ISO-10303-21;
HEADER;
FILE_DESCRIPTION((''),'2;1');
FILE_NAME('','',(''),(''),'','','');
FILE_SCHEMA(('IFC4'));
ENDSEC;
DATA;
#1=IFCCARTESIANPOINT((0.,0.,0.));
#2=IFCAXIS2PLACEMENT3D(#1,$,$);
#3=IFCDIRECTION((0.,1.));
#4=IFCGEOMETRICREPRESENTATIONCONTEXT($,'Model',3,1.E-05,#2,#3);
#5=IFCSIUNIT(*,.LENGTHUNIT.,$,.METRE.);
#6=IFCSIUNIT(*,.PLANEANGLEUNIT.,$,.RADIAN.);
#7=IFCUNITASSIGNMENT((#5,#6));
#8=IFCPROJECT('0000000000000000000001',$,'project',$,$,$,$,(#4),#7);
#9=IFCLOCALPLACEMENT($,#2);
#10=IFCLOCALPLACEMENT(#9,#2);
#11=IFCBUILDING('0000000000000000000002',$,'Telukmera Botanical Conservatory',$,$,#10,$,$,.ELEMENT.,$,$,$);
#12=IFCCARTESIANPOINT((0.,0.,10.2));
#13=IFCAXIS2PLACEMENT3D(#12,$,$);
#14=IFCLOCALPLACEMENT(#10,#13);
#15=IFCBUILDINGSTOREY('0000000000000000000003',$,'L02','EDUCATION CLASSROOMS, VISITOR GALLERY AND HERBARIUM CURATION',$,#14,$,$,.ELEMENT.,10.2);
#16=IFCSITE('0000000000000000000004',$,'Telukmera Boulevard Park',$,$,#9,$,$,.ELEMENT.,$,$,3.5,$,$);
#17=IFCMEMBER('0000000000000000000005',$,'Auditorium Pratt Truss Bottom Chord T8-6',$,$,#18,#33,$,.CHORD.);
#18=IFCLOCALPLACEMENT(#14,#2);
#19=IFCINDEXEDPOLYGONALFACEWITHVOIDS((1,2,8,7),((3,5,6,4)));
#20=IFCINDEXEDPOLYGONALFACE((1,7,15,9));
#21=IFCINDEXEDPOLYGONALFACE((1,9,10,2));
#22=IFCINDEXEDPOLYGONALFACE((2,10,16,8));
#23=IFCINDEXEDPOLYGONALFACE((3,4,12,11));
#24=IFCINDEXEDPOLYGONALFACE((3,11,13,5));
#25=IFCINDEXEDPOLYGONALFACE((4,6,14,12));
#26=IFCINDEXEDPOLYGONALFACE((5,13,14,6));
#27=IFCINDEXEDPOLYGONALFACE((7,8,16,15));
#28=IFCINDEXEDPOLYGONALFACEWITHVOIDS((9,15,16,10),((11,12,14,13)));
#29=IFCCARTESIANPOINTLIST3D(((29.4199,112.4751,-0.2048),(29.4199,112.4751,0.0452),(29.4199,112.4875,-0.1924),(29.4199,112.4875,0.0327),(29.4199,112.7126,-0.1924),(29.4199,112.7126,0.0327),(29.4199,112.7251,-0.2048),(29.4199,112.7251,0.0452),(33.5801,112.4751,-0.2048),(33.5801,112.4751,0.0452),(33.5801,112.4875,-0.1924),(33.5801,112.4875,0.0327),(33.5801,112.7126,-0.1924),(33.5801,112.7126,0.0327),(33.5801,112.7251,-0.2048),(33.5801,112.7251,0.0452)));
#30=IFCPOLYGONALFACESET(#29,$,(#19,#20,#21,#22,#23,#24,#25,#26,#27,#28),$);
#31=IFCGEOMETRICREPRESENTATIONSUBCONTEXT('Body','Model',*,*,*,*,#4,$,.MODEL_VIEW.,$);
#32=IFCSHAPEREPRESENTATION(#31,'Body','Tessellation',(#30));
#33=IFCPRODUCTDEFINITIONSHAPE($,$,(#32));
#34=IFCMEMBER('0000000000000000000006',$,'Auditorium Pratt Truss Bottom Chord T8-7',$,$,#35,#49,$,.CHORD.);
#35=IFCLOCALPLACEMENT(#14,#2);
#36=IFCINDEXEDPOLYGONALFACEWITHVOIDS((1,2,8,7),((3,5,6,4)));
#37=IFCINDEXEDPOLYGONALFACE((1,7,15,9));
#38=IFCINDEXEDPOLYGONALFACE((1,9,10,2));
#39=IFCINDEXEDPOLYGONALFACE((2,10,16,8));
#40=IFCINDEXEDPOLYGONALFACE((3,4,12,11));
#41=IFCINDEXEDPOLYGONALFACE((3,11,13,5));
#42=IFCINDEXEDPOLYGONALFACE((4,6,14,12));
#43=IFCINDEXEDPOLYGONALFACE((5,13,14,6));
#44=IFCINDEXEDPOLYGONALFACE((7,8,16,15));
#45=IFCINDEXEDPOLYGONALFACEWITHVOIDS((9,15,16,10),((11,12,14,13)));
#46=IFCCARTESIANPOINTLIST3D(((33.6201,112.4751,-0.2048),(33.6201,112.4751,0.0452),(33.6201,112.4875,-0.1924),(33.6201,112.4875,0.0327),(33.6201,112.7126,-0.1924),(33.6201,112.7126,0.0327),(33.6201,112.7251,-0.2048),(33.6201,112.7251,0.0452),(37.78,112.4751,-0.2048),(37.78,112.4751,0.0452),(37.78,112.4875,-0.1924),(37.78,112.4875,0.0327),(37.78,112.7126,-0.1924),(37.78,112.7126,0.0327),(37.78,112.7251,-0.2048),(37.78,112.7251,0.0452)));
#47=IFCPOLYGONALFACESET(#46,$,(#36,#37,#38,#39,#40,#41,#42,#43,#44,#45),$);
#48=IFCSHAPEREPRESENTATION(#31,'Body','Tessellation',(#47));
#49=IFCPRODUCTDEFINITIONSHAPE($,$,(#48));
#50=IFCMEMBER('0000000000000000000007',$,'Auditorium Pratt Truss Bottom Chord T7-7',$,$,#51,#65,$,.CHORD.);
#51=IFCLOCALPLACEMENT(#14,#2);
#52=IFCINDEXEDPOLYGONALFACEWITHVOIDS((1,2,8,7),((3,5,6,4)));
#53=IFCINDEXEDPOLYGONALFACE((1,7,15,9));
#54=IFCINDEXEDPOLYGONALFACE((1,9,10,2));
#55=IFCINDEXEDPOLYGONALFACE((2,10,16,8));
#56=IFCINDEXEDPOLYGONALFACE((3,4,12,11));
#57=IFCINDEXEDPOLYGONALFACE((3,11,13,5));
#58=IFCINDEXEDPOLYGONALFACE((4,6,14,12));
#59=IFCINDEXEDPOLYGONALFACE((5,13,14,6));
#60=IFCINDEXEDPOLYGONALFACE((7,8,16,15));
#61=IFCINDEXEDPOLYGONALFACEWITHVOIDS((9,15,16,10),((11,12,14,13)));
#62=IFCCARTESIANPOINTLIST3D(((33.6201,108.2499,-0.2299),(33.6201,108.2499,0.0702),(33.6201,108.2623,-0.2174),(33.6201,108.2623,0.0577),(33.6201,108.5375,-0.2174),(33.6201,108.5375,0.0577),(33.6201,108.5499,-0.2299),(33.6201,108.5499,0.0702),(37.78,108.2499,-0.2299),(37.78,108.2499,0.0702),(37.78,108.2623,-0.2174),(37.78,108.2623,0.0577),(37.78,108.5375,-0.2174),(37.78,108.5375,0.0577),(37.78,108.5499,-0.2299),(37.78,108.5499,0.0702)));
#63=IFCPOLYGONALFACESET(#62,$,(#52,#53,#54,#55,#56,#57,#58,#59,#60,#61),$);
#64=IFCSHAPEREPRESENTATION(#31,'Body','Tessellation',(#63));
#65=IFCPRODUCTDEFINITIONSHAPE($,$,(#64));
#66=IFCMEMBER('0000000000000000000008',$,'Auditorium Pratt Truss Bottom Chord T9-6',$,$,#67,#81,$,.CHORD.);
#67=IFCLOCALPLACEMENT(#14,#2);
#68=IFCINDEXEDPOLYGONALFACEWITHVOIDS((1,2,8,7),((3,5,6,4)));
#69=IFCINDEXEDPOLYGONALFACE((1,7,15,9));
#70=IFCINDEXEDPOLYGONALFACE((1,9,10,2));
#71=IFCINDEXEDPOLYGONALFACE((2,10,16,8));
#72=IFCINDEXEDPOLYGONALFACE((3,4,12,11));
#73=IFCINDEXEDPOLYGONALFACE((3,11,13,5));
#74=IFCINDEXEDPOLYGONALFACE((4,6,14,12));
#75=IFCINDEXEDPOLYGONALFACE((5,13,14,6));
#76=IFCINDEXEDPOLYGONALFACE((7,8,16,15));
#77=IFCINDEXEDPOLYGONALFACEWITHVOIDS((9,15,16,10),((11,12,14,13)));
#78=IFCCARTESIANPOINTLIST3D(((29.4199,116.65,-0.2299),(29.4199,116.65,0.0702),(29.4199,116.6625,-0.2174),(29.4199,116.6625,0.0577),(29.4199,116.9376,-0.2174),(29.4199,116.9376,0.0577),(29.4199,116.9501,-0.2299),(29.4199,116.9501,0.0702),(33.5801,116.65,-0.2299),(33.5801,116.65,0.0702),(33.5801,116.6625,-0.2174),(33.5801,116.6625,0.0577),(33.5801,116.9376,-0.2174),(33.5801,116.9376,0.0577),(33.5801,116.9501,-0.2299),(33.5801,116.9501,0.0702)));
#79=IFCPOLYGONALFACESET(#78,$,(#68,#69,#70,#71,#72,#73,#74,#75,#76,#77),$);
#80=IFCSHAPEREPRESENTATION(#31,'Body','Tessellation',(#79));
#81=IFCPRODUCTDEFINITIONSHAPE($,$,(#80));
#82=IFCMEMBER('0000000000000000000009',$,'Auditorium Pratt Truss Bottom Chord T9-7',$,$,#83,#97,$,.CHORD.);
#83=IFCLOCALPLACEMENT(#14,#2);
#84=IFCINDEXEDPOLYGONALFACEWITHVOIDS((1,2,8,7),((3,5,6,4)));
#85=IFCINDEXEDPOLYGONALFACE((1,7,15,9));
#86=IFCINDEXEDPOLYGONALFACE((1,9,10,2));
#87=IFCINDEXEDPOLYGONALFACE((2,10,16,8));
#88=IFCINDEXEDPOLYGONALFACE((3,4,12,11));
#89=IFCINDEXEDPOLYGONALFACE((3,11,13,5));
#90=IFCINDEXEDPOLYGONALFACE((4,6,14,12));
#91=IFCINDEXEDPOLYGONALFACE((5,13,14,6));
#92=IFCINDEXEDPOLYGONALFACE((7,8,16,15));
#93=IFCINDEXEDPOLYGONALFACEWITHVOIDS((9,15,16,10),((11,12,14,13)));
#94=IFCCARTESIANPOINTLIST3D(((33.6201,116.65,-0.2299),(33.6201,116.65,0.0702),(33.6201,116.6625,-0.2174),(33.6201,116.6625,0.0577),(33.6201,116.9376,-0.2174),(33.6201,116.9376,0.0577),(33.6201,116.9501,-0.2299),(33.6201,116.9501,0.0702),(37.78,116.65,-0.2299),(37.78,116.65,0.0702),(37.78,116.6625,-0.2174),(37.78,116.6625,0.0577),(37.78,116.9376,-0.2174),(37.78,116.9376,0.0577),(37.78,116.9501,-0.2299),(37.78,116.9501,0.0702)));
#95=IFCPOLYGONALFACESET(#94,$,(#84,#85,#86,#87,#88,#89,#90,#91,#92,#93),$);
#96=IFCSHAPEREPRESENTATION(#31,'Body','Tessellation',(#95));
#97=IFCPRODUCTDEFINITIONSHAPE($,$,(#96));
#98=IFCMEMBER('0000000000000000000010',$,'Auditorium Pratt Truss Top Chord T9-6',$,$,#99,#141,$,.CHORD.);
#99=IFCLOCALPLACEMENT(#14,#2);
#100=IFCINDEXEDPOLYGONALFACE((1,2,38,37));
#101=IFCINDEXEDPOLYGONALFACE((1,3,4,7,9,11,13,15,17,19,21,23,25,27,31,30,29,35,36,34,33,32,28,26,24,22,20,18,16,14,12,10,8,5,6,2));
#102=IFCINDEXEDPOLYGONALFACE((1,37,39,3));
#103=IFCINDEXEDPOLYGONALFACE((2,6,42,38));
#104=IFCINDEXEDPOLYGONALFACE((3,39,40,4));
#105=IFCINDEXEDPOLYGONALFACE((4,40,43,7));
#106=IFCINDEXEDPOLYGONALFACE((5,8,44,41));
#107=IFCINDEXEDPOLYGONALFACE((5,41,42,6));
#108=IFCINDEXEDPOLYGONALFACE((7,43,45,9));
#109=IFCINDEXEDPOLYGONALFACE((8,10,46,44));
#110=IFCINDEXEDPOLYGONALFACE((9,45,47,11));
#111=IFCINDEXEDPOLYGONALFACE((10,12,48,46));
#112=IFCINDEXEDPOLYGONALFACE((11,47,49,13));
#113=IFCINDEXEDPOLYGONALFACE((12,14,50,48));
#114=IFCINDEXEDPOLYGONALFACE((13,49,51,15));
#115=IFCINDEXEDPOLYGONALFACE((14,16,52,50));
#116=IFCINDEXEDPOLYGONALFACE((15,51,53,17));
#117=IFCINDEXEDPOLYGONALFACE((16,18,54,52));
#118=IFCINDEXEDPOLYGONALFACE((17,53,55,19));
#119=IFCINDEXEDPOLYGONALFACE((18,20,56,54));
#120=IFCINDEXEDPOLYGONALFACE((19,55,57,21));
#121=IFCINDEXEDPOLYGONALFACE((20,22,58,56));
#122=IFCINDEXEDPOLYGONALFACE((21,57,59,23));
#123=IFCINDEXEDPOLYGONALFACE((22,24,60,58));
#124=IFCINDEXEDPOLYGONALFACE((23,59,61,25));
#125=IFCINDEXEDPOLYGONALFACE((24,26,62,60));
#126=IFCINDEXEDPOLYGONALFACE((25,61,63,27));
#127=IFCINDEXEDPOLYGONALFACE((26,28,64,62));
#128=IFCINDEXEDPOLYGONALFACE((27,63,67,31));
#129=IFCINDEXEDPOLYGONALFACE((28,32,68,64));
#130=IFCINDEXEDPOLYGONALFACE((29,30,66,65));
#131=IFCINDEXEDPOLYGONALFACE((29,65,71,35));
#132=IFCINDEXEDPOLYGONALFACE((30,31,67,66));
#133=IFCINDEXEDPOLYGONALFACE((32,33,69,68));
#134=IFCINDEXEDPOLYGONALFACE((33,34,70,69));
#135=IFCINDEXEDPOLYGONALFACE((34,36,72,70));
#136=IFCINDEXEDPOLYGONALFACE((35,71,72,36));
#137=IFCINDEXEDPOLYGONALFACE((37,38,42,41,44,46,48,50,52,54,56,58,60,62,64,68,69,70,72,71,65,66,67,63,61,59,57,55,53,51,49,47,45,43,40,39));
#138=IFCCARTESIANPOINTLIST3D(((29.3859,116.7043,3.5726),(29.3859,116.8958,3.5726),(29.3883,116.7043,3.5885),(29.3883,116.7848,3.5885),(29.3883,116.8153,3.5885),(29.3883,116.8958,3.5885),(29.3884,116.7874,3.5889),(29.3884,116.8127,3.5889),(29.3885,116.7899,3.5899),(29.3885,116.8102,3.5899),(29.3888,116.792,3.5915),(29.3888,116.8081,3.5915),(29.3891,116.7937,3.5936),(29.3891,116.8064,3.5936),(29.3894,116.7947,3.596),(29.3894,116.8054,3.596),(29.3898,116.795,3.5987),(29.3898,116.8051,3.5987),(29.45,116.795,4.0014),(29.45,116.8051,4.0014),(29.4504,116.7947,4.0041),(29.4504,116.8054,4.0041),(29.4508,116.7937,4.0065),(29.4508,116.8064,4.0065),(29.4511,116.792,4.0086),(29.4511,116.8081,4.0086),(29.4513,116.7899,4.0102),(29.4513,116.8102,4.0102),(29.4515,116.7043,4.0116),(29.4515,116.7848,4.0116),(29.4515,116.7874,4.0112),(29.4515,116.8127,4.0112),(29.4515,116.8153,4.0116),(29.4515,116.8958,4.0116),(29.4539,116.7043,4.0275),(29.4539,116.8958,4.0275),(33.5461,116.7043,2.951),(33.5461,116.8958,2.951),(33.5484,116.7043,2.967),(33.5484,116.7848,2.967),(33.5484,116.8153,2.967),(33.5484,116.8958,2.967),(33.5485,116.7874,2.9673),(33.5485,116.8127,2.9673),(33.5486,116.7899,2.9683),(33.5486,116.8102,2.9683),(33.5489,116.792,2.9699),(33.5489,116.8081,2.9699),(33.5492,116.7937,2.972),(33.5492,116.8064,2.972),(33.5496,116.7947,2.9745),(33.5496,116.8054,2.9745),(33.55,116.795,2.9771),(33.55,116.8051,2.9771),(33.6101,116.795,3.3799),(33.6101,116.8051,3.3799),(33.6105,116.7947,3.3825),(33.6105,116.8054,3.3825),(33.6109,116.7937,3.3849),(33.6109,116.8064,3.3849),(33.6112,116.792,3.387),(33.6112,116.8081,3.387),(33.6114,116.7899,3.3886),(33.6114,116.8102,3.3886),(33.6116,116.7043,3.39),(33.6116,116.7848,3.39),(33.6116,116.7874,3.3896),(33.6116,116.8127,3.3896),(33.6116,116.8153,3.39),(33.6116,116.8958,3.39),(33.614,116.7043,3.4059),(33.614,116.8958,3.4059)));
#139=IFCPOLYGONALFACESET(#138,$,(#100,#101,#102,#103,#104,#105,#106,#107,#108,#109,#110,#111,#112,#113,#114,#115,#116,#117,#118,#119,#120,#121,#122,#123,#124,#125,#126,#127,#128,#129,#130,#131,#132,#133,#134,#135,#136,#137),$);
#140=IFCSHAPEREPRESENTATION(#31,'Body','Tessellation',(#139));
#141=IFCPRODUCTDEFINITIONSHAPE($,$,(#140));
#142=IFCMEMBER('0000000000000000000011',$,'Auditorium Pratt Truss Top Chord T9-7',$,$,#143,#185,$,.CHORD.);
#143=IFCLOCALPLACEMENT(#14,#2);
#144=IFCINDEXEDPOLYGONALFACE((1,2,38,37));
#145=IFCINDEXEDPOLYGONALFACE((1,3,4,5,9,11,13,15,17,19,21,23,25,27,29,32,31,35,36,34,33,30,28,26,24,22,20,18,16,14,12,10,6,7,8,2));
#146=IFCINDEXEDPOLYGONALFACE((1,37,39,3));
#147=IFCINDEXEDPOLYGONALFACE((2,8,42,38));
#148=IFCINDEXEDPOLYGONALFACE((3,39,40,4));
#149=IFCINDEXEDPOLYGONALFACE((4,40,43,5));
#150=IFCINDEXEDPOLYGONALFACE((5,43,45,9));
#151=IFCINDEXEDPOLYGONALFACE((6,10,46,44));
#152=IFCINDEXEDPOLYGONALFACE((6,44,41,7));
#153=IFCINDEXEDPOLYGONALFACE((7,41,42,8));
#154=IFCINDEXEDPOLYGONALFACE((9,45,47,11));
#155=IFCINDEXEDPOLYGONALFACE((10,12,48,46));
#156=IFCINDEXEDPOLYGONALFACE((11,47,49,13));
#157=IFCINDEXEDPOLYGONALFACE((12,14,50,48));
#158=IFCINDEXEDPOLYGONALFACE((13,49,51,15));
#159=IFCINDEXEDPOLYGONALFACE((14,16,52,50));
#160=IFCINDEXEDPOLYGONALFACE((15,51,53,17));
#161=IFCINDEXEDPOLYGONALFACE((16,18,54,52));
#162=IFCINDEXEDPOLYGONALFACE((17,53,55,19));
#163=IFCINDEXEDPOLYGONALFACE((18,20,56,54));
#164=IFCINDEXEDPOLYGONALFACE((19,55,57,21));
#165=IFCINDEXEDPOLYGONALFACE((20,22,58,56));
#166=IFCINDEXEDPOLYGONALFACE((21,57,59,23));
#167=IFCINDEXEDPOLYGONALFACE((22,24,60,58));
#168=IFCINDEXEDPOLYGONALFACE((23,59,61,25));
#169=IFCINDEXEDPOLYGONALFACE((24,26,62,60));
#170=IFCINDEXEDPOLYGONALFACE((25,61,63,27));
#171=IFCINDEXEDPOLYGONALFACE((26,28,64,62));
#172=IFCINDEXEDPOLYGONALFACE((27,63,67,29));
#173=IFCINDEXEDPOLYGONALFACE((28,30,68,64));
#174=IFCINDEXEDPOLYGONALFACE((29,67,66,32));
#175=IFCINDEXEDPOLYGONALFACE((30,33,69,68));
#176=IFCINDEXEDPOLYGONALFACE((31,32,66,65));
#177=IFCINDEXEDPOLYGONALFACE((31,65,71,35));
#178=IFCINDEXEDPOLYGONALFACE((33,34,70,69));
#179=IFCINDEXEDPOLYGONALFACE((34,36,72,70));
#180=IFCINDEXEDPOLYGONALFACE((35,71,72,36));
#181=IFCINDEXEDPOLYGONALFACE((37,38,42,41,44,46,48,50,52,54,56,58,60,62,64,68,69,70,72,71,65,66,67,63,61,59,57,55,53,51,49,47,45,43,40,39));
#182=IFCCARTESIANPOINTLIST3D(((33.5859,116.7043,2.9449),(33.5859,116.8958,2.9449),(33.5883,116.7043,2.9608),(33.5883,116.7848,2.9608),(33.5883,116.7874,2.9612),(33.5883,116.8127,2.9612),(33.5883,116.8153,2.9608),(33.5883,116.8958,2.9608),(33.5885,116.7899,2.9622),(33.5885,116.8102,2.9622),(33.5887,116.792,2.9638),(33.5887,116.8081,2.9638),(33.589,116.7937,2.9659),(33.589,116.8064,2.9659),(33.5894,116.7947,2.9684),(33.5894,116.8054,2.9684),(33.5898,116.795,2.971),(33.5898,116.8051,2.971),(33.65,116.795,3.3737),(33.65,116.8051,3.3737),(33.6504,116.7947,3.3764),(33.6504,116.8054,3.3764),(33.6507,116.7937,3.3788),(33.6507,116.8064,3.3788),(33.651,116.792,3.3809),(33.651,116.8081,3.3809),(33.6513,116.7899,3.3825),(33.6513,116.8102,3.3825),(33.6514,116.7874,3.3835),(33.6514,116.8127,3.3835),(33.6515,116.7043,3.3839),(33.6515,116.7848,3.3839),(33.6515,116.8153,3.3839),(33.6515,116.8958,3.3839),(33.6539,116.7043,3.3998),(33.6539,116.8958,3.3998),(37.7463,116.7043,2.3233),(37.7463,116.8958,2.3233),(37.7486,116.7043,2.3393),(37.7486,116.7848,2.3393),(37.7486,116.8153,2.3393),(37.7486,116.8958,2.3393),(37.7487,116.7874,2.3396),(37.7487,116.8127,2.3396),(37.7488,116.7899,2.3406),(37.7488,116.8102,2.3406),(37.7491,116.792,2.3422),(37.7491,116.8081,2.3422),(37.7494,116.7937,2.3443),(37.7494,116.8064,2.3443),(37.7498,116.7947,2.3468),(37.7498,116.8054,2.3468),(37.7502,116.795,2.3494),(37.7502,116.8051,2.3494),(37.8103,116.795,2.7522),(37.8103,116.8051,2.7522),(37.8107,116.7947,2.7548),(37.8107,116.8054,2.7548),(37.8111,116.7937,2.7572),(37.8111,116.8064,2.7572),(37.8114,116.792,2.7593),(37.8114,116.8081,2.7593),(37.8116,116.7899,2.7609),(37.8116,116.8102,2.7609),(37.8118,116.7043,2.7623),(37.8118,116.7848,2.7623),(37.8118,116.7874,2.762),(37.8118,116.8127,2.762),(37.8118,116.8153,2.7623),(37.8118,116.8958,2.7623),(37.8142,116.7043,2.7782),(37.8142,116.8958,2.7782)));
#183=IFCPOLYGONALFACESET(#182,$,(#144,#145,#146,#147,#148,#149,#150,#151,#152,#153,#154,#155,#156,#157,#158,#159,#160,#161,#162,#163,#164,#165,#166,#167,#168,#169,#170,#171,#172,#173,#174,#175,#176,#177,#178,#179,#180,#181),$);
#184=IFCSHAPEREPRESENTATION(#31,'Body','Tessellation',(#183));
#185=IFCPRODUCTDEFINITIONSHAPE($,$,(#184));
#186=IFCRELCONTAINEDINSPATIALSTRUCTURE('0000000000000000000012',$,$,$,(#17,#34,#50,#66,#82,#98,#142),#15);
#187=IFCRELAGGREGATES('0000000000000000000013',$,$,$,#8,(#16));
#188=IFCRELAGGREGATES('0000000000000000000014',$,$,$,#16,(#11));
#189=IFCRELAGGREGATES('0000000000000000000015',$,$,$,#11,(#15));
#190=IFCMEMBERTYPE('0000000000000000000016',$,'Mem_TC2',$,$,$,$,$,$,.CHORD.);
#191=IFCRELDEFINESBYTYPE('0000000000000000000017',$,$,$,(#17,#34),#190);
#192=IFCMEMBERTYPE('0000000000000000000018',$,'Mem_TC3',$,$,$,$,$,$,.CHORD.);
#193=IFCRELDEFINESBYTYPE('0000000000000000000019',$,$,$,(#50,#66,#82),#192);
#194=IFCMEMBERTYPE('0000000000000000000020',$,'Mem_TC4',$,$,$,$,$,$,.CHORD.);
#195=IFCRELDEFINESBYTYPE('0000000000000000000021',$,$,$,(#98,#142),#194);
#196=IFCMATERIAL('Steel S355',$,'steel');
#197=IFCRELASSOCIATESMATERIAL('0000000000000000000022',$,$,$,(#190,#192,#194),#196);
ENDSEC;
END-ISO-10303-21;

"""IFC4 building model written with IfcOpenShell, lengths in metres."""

from ifc_helpers import new_model, si_unit, direction, frame, origin, origin_2d, place, context, subcontext, project, spatial, hollow_rectangle, i_section, extrude, material, material_profile, profile_set, type_object, element, save


model = new_model("IFC4")

# Units and contexts
model_context = context("Model", 3, precision=1e-05, world=origin(), true_north=direction((0.0, 1.0)))
body_context = subcontext(model_context, "Body", "Model", "MODEL_VIEW")
ifc_project = project(units=[si_unit("LENGTHUNIT", "METRE"), si_unit("PLANEANGLEUNIT", "RADIAN")], contexts=[model_context])

# Site, building, storey
site_placement = place(None, origin())
site = spatial("IfcSite", under=ifc_project, at=site_placement, Name="Telukmera Boulevard Park", CompositionType="ELEMENT", RefElevation=3.5)
building_placement = place(site_placement, origin())
building = spatial("IfcBuilding", under=site, at=building_placement, Name="Telukmera Botanical Conservatory", CompositionType="ELEMENT")
storey_placement = place(building_placement, frame((0.0, 0.0, 10.2)))
storey = spatial("IfcBuildingStorey", under=building, at=storey_placement, Name="L02", Description="EDUCATION CLASSROOMS, VISITOR GALLERY AND HERBARIUM CURATION", CompositionType="ELEMENT", Elevation=10.2)

# Members
ifc_material_1 = material(Name="Steel S355", Category="steel")
ifc_material_profile_1 = material_profile(ifc_material_1, hollow_rectangle(XDim=0.25, YDim=0.25, WallThickness=0.0125, at=origin_2d()), Name="SHS 250x250x12.5")
ifc_profile_set_1 = profile_set([ifc_material_profile_1], Name="Steel S355")
member_type_1 = type_object("IfcMemberType", Name="Mem_TC2", PredefinedType="CHORD", material=ifc_profile_set_1)
member_1_placement = place(storey_placement, frame((29.4199, 112.6001, -0.0798), z_axis=(1.0, 0.0, 0.0), x_axis=(0.0, 1.0, 0.0)))
element("IfcMember", 1, at=member_1_placement, inside=storey, type_object=member_type_1, Name="Auditorium Pratt Truss Bottom Chord T8-6", PredefinedType="CHORD", context=body_context, shape_type="SweptSolid", body=[
    extrude(hollow_rectangle(XDim=0.25, YDim=0.25, WallThickness=0.0125, at=origin_2d()), origin(), (0.0, 0.0, 1.0), 4.1602),
])
member_2_placement = place(storey_placement, frame((33.6201, 112.6001, -0.0798), z_axis=(1.0, 0.0, 0.0), x_axis=(0.0, 1.0, 0.0)))
element("IfcMember", 2, at=member_2_placement, inside=storey, type_object=member_type_1, Name="Auditorium Pratt Truss Bottom Chord T8-7", PredefinedType="CHORD", context=body_context, shape_type="SweptSolid", body=[
    extrude(hollow_rectangle(XDim=0.25, YDim=0.25, WallThickness=0.0125, at=origin_2d()), origin(), (0.0, 0.0, 1.0), 4.1599),
])
ifc_material_profile_2 = material_profile(ifc_material_1, hollow_rectangle(XDim=0.3, YDim=0.3, WallThickness=0.0125, at=origin_2d()), Name="SHS 300x300x12.5")
ifc_profile_set_2 = profile_set([ifc_material_profile_2], Name="Steel S355")
member_type_2 = type_object("IfcMemberType", Name="Mem_TC3", PredefinedType="CHORD", material=ifc_profile_set_2)
member_3_placement = place(storey_placement, frame((33.6201, 108.3999, -0.0798), z_axis=(1.0, 0.0, 0.0), x_axis=(0.0, 1.0, 0.0)))
element("IfcMember", 3, at=member_3_placement, inside=storey, type_object=member_type_2, Name="Auditorium Pratt Truss Bottom Chord T7-7", PredefinedType="CHORD", context=body_context, shape_type="SweptSolid", body=[
    extrude(hollow_rectangle(XDim=0.3, YDim=0.3, WallThickness=0.0125, at=origin_2d()), origin(), (0.0, 0.0, 1.0), 4.1599),
])
member_4_placement = place(storey_placement, frame((29.4199, 116.8, -0.0798), z_axis=(1.0, 0.0, 0.0), x_axis=(0.0, 1.0, 0.0)))
element("IfcMember", 4, at=member_4_placement, inside=storey, type_object=member_type_2, Name="Auditorium Pratt Truss Bottom Chord T9-6", PredefinedType="CHORD", context=body_context, shape_type="SweptSolid", body=[
    extrude(hollow_rectangle(XDim=0.3, YDim=0.3, WallThickness=0.0125, at=origin_2d()), origin(), (0.0, 0.0, 1.0), 4.1602),
])
member_5_placement = place(storey_placement, frame((33.6201, 116.8, -0.0798), z_axis=(1.0, 0.0, 0.0), x_axis=(0.0, 1.0, 0.0)))
element("IfcMember", 5, at=member_5_placement, inside=storey, type_object=member_type_2, Name="Auditorium Pratt Truss Bottom Chord T9-7", PredefinedType="CHORD", context=body_context, shape_type="SweptSolid", body=[
    extrude(hollow_rectangle(XDim=0.3, YDim=0.3, WallThickness=0.0125, at=origin_2d()), origin(), (0.0, 0.0, 1.0), 4.1599),
])
ifc_material_profile_3 = material_profile(ifc_material_1, i_section(OverallWidth=0.1914, OverallDepth=0.46, WebThickness=0.01, FlangeThickness=0.0161, FilletRadius=0.0103, at=origin_2d()), Name="UB 457x191x82")
ifc_profile_set_3 = profile_set([ifc_material_profile_3], Name="Steel S355")
member_type_3 = type_object("IfcMemberType", Name="Mem_TC4", PredefinedType="CHORD", material=ifc_profile_set_3)
member_6_placement = place(storey_placement, frame((29.4199, 116.8, 3.8), z_axis=(0.989021, 0.0, -0.147773), x_axis=(0.0, 1.0, 0.0)))
element("IfcMember", 6, at=member_6_placement, inside=storey, type_object=member_type_3, Name="Auditorium Pratt Truss Top Chord T9-6", PredefinedType="CHORD", context=body_context, shape_type="SweptSolid", body=[
    extrude(i_section(OverallWidth=0.1914, OverallDepth=0.46, WebThickness=0.01, FlangeThickness=0.0161, FilletRadius=0.0103, at=origin_2d()), origin(), (0.0, 0.0, 1.0), 4.2063),
])
member_7_placement = place(storey_placement, frame((33.6199, 116.8, 3.1724), z_axis=(0.989023, 0.0, -0.147764), x_axis=(0.0, 1.0, 0.0)))
element("IfcMember", 7, at=member_7_placement, inside=storey, type_object=member_type_3, Name="Auditorium Pratt Truss Top Chord T9-7", PredefinedType="CHORD", context=body_context, shape_type="SweptSolid", body=[
    extrude(i_section(OverallWidth=0.1914, OverallDepth=0.46, WebThickness=0.01, FlangeThickness=0.0161, FilletRadius=0.0103, at=origin_2d()), origin(), (0.0, 0.0, 1.0), 4.2065),
])

save(model, "model.ifc")
